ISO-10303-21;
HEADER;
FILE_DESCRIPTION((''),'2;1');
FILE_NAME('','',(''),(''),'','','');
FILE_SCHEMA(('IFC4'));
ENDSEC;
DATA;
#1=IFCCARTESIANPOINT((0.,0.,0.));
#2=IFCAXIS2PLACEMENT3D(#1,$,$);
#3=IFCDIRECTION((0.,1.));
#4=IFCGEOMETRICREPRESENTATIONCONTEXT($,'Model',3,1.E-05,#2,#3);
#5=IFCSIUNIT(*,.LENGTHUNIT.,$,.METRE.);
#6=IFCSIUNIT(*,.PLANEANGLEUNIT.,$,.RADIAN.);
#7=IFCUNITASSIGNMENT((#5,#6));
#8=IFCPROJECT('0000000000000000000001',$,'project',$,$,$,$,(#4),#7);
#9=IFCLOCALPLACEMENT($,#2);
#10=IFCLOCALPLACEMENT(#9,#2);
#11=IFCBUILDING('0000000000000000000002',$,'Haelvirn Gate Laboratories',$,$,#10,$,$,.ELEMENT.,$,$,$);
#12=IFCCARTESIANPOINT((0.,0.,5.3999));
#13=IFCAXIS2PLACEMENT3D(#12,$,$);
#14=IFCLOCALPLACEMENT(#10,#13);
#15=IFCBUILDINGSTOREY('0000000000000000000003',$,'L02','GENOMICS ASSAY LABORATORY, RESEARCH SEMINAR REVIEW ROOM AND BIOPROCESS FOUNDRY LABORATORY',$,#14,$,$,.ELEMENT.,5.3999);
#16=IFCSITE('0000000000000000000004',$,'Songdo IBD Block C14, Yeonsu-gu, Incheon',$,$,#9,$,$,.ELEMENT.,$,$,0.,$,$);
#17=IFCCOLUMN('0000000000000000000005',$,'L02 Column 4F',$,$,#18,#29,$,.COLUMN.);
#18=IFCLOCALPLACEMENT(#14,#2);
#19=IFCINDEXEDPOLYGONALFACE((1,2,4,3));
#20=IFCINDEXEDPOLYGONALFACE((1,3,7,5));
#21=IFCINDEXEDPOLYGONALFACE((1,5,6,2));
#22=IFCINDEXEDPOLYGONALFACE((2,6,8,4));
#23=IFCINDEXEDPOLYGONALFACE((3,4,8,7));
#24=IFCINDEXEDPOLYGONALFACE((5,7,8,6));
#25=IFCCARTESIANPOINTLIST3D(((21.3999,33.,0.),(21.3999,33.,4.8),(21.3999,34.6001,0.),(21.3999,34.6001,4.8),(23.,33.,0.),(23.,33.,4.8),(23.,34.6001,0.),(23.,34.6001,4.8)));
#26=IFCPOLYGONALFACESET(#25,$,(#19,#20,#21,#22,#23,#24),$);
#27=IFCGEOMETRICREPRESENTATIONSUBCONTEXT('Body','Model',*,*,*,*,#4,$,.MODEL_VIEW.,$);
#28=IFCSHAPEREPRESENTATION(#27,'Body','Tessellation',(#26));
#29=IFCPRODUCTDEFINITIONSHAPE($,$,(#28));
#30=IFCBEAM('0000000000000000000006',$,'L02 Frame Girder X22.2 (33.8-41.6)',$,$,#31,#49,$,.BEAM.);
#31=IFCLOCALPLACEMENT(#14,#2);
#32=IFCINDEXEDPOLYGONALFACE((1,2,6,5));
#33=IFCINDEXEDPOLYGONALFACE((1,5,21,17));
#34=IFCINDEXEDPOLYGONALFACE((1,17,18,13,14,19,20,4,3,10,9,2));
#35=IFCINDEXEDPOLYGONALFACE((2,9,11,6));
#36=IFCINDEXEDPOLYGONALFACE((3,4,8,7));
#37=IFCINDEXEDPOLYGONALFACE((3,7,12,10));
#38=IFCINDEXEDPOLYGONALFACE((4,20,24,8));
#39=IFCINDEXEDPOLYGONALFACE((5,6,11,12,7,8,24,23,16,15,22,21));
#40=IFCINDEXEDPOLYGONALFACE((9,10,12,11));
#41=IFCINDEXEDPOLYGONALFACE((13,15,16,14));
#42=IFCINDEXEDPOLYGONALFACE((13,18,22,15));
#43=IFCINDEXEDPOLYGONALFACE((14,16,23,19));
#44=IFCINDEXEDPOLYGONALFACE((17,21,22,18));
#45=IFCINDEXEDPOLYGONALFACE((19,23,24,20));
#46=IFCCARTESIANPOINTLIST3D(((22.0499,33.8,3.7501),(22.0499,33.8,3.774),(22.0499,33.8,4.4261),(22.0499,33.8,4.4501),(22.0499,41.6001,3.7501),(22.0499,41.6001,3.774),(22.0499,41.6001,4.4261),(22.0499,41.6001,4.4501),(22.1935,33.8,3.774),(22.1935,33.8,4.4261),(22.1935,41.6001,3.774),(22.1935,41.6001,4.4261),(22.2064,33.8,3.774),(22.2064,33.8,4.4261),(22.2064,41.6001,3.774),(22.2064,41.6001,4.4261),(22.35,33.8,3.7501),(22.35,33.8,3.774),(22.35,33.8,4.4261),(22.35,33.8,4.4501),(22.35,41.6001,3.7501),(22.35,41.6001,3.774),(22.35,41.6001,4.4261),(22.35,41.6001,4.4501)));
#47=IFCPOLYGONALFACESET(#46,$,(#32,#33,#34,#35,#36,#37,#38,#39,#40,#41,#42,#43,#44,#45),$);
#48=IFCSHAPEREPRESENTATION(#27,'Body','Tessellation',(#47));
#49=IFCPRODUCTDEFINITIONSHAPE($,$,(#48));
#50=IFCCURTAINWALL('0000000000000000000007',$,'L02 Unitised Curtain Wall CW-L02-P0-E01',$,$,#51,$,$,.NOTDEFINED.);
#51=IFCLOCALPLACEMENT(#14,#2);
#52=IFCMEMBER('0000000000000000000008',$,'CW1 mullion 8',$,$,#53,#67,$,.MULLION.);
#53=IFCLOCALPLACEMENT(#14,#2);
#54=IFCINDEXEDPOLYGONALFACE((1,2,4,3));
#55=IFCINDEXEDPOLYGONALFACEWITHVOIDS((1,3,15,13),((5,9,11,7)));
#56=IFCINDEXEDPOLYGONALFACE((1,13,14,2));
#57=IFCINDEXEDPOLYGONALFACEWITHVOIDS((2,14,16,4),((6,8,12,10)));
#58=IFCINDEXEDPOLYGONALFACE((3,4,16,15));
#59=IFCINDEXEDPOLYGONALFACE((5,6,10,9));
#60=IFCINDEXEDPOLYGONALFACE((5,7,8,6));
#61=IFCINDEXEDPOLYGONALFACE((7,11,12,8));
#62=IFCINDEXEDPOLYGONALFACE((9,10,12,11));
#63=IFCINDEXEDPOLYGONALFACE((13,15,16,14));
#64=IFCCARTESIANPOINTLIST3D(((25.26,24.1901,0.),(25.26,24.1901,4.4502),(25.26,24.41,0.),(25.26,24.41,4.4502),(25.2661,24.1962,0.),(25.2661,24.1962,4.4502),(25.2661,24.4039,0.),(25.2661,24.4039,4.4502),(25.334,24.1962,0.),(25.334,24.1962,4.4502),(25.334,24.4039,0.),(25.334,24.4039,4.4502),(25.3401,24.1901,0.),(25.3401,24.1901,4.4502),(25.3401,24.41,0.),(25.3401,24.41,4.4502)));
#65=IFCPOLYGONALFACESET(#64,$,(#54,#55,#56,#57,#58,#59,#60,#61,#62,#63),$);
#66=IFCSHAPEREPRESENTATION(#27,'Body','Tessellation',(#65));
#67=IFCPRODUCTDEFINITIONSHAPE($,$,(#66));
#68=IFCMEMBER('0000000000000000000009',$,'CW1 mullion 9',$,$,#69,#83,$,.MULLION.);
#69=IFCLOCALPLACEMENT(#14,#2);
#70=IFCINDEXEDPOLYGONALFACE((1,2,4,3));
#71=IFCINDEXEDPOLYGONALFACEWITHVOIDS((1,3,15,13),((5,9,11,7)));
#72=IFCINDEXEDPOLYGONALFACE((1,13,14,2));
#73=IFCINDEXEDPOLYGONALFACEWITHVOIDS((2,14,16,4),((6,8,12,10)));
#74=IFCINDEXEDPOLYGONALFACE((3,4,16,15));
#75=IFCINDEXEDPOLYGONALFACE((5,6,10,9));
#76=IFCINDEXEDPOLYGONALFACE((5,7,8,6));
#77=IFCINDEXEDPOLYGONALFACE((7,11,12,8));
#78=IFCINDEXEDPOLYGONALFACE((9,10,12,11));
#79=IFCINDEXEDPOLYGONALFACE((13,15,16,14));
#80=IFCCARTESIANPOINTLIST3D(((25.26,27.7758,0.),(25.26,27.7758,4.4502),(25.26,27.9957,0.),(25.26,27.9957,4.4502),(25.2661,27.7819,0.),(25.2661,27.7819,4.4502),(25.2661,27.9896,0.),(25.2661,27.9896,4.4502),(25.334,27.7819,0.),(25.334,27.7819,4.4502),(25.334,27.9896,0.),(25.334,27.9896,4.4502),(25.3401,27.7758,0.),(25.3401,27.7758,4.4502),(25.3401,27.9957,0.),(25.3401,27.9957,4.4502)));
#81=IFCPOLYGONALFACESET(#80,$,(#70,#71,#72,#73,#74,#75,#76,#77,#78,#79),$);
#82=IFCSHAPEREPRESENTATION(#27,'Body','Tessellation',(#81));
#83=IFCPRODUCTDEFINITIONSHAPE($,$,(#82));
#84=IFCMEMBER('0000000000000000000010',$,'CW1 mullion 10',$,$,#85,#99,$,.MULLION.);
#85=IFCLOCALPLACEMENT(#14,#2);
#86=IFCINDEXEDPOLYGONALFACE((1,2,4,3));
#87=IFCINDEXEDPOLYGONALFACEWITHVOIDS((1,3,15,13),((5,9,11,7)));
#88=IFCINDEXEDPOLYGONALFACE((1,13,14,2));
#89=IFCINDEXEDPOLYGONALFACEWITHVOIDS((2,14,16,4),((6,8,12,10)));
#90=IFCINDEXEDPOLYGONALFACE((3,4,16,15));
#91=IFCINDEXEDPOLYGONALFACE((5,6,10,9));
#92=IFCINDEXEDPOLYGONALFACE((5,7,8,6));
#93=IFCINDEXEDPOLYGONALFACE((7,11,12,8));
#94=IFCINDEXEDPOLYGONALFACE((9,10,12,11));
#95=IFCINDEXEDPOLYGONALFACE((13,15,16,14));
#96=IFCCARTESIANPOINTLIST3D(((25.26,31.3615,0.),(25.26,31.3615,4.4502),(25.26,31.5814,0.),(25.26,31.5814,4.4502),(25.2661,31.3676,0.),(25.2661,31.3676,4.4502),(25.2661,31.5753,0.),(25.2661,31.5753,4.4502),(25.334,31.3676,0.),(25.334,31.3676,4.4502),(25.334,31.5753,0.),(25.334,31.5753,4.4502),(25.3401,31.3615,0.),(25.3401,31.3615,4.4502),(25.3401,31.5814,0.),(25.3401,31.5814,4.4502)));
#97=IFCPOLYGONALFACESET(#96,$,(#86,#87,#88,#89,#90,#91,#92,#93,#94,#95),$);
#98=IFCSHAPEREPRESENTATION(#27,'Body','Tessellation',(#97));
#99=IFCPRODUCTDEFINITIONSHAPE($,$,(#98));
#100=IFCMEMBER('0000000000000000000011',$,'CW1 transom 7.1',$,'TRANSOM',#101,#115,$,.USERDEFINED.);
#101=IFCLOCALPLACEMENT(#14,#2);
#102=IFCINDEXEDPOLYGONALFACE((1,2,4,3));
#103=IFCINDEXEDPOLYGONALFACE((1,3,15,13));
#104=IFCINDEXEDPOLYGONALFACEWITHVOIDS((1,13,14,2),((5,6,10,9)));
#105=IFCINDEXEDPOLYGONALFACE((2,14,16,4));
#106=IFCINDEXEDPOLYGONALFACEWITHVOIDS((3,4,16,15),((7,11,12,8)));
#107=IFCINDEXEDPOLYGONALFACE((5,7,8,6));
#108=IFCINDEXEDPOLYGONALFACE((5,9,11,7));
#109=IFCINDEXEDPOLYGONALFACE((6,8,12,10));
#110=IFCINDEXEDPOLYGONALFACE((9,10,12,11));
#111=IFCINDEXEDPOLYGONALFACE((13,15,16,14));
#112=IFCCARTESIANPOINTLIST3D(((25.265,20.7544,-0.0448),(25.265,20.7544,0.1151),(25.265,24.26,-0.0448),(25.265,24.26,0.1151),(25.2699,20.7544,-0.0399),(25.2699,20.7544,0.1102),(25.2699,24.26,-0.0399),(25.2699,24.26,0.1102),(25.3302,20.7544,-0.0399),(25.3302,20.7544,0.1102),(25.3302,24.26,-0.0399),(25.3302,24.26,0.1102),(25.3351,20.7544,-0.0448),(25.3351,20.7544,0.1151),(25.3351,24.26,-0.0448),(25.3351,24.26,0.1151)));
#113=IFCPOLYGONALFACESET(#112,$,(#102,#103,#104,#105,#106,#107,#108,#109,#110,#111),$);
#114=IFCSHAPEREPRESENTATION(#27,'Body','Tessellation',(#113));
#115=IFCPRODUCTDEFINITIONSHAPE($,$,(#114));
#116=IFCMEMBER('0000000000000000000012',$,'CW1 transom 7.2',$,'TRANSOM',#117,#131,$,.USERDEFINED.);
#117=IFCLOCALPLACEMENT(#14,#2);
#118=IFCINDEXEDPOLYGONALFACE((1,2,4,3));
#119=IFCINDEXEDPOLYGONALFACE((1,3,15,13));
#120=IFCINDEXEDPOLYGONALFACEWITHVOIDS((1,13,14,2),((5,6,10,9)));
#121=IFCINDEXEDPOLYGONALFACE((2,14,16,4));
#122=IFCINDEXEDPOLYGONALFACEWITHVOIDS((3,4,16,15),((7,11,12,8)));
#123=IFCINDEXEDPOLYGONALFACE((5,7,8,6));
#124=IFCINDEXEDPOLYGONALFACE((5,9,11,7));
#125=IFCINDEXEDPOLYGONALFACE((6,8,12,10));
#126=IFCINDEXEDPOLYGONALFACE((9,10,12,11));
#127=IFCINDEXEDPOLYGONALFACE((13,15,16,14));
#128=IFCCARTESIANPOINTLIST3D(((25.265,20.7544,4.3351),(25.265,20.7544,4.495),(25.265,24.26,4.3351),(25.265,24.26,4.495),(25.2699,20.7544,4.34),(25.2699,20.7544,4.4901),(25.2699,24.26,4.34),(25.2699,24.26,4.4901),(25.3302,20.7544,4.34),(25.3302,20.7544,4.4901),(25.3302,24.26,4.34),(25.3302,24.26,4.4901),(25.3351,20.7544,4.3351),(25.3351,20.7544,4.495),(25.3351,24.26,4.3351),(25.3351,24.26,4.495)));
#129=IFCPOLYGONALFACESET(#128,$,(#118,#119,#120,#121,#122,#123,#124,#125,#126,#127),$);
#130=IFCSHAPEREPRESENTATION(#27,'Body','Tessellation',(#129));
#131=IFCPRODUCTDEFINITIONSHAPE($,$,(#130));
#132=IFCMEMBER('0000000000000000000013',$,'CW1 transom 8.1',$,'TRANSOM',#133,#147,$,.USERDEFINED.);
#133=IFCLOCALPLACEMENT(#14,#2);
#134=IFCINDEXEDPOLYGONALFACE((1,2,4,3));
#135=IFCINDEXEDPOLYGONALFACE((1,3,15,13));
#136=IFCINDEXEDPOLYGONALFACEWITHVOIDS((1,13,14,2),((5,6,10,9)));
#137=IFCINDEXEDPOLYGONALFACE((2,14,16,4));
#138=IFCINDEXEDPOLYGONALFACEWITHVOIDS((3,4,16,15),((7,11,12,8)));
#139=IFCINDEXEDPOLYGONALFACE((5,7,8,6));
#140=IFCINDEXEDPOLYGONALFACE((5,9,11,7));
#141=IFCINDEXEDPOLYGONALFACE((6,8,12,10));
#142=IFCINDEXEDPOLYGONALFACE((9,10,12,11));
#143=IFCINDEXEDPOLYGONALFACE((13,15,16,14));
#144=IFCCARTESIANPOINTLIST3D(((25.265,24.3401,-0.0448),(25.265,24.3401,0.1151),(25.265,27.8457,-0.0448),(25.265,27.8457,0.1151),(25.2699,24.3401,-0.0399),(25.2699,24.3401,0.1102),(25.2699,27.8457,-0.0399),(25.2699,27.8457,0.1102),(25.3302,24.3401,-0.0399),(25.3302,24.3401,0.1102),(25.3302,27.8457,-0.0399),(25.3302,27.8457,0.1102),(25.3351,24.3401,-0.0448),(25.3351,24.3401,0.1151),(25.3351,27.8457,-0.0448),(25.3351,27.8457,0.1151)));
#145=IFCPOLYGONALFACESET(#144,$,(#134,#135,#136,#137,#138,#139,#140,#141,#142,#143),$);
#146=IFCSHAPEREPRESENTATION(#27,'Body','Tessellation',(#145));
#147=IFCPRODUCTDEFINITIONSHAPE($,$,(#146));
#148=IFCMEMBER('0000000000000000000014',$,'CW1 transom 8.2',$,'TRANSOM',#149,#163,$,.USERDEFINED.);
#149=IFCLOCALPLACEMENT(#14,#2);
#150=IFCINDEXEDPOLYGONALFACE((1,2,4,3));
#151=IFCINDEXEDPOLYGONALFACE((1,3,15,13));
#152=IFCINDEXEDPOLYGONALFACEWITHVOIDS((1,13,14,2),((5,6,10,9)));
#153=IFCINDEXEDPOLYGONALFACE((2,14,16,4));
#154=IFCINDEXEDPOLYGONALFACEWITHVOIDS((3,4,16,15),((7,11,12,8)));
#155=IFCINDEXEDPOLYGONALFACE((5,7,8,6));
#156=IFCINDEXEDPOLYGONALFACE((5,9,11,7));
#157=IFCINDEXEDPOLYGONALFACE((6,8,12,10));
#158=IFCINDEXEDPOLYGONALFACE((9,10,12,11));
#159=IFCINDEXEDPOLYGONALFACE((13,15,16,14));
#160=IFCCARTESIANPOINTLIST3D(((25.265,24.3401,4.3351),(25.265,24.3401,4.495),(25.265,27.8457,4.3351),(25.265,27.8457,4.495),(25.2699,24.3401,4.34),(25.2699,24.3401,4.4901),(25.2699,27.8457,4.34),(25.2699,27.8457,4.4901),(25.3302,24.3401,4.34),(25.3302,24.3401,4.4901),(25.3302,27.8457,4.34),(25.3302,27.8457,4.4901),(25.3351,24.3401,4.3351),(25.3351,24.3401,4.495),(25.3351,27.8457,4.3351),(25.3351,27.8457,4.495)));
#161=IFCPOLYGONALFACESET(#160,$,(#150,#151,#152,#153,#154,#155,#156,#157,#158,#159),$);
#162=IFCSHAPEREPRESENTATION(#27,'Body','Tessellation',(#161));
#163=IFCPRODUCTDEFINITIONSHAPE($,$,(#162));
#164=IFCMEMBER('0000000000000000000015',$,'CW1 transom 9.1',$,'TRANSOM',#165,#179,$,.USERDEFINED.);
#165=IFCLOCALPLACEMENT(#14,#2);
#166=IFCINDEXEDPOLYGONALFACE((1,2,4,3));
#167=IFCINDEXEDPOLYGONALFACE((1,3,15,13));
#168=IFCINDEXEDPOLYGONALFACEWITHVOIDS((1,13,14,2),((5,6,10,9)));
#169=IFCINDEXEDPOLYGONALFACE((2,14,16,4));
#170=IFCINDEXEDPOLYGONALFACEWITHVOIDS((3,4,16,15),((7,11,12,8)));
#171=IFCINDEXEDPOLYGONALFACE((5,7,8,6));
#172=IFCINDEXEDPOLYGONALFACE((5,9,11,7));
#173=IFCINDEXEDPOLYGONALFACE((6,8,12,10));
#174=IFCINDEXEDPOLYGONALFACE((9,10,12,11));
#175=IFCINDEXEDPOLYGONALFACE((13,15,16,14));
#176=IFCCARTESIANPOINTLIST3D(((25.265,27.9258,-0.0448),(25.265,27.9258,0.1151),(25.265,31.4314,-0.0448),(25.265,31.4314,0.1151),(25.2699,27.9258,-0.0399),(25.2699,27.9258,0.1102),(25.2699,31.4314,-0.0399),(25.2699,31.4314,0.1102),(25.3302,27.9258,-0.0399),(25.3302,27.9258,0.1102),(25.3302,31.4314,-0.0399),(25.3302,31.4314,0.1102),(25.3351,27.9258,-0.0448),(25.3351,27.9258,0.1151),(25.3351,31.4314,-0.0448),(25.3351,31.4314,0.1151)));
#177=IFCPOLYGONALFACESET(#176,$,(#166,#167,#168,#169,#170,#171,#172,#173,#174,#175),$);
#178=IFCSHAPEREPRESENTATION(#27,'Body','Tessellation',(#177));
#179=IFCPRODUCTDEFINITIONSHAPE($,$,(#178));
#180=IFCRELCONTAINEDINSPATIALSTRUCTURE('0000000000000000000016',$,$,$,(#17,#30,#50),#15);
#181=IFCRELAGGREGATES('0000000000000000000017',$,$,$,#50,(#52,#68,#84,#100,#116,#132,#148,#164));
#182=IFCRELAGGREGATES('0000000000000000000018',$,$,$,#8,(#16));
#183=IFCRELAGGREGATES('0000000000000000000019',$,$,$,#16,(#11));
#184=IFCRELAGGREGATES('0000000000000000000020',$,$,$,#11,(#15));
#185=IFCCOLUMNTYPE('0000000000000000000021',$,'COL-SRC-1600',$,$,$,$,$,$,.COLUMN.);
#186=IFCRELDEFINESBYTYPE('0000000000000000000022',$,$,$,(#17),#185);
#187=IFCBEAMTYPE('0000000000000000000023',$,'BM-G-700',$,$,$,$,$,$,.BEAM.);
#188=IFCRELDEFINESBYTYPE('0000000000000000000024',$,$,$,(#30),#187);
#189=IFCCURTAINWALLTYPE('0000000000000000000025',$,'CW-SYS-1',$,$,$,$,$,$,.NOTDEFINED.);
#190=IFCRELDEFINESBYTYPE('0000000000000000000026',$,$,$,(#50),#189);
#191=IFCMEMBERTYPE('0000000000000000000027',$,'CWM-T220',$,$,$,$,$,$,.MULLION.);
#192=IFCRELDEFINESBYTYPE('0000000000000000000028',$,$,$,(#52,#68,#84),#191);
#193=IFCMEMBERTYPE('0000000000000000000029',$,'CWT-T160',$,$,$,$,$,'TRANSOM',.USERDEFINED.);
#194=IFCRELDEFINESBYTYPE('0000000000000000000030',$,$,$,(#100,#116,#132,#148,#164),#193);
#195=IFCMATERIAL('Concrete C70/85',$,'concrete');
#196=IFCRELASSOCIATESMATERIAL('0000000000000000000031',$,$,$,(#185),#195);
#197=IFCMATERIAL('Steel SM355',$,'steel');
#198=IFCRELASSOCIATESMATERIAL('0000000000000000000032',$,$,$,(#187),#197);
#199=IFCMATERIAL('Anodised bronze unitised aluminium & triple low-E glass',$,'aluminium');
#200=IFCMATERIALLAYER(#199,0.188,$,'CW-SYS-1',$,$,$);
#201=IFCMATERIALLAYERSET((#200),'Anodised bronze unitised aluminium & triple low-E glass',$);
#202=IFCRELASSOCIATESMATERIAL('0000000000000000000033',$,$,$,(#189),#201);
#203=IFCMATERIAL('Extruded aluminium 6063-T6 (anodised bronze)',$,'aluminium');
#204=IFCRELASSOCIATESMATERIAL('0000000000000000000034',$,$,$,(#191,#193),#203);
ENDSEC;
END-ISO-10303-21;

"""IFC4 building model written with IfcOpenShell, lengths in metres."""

from ifc_helpers import new_model, si_unit, direction, frame, origin, origin_2d, place, context, subcontext, project, spatial, rectangle, hollow_rectangle, i_section, extrude, source, transform, mapped, material, layer, layer_set, material_profile, profile_set, type_object, type_shapes, element, aggregate, save


model = new_model("IFC4")

# Units and contexts
model_context = context("Model", 3, precision=1e-05, world=origin(), true_north=direction((0.0, 1.0)))
body_context = subcontext(model_context, "Body", "Model", "MODEL_VIEW")
ifc_project = project(units=[si_unit("LENGTHUNIT", "METRE"), si_unit("PLANEANGLEUNIT", "RADIAN")], contexts=[model_context])

# Site, building, storey
site_placement = place(None, origin())
site = spatial("IfcSite", under=ifc_project, at=site_placement, Name="Songdo IBD Block C14, Yeonsu-gu, Incheon", CompositionType="ELEMENT", RefElevation=0.0)
building_placement = place(site_placement, origin())
building = spatial("IfcBuilding", under=site, at=building_placement, Name="Haelvirn Gate Laboratories", CompositionType="ELEMENT")
storey_placement = place(building_placement, frame((0.0, 0.0, 5.3999)))
storey = spatial("IfcBuildingStorey", under=building, at=storey_placement, Name="L02", Description="GENOMICS ASSAY LABORATORY, RESEARCH SEMINAR REVIEW ROOM AND BIOPROCESS FOUNDRY LABORATORY", CompositionType="ELEMENT", Elevation=5.3999)

# Column
ifc_material_1 = material(Name="Concrete C70/85", Category="concrete")
ifc_material_profile_1 = material_profile(ifc_material_1, rectangle(XDim=1.6001, YDim=1.6001, at=origin_2d()), Name="SRC-1600x1600")
ifc_profile_set_1 = profile_set([ifc_material_profile_1], Name="Concrete C70/85")
column_type = type_object("IfcColumnType", Name="COL-SRC-1600", PredefinedType="COLUMN", material=ifc_profile_set_1)
shared_shape_1 = source(origin(), body_context, "Body", "SweptSolid", [
    extrude(rectangle(XDim=1.6001, YDim=1.6001, at=origin_2d()), origin(), (0.0, 0.0, 1.0), 4.8),
])
type_shapes(column_type, [shared_shape_1])
column_placement = place(storey_placement, frame((22.2, 33.8, 0.0), z_axis=(0.0, 0.0, 1.0), x_axis=(1.0, 0.0, 0.0)))
element("IfcColumn", 1, at=column_placement, inside=storey, type_object=column_type, Name="L02 Column 4F", PredefinedType="COLUMN", context=body_context, shape_type="MappedRepresentation", body=[
    mapped(shared_shape_1, transform((0.0, 0.0, 0.0), scale=1.0)),
])

# Beam
ifc_material_2 = material(Name="Steel SM355", Category="steel")
ifc_material_profile_2 = material_profile(ifc_material_2, i_section(OverallWidth=0.3, OverallDepth=0.7, WebThickness=0.0129, FlangeThickness=0.0239, at=origin_2d()), Name="H-700x300x13x24")
ifc_profile_set_2 = profile_set([ifc_material_profile_2], Name="Steel SM355")
beam_type = type_object("IfcBeamType", Name="BM-G-700", PredefinedType="BEAM", material=ifc_profile_set_2)
shared_shape_2 = source(origin(), body_context, "Body", "SweptSolid", [
    extrude(i_section(OverallWidth=0.3, OverallDepth=0.7, WebThickness=0.0129, FlangeThickness=0.0239, at=origin_2d()), origin(), (0.0, 0.0, 1.0), 7.8),
])
type_shapes(beam_type, [shared_shape_2])
beam_placement = place(storey_placement, frame((22.2, 33.8, 4.1001), z_axis=(0.0, 1.0, 0.0), x_axis=(-1.0, 0.0, 0.0)))
element("IfcBeam", 2, at=beam_placement, inside=storey, type_object=beam_type, Name="L02 Frame Girder X22.2 (33.8-41.6)", PredefinedType="BEAM", context=body_context, shape_type="MappedRepresentation", body=[
    mapped(shared_shape_2, transform((0.0, 0.0, 0.0), scale=1.0)),
])

# Curtain wall, members
ifc_material_3 = material(Name="Anodised bronze unitised aluminium & triple low-E glass", Category="aluminium")
ifc_layer_1 = layer(ifc_material_3, 0.188, Name="CW-SYS-1")
ifc_layer_set_1 = layer_set([ifc_layer_1], Name="Anodised bronze unitised aluminium & triple low-E glass")
curtain_wall_type = type_object("IfcCurtainWallType", Name="CW-SYS-1", PredefinedType="NOTDEFINED", material=ifc_layer_set_1)
curtain_wall_placement = place(storey_placement, origin())
curtain_wall = element("IfcCurtainWall", 3, at=curtain_wall_placement, inside=storey, type_object=curtain_wall_type, Name="L02 Unitised Curtain Wall CW-L02-P0-E01", PredefinedType="NOTDEFINED")
ifc_material_4 = material(Name="Extruded aluminium 6063-T6 (anodised bronze)", Category="aluminium")
ifc_material_profile_3 = material_profile(ifc_material_4, hollow_rectangle(XDim=0.0801, YDim=0.22, WallThickness=0.0061, at=origin_2d()), Name="CWM-220x80x6")
ifc_profile_set_3 = profile_set([ifc_material_profile_3], Name="Extruded aluminium 6063-T6 (anodised bronze)")
member_type_1 = type_object("IfcMemberType", Name="CWM-T220", PredefinedType="MULLION", material=ifc_profile_set_3)
shared_shape_3 = source(origin(), body_context, "Body", "SweptSolid", [
    extrude(hollow_rectangle(XDim=0.0801, YDim=0.22, WallThickness=0.0061, at=origin_2d()), origin(), (0.0, 0.0, 1.0), 4.4502),
])
type_shapes(member_type_1, [shared_shape_3])
member_1_placement = place(storey_placement, frame((25.3, 24.3, 0.0), z_axis=(0.0, 0.0, 1.0), x_axis=(-1.0, 0.0, 0.0)))
member_1 = element("IfcMember", 4, at=member_1_placement, type_object=member_type_1, Name="CW1 mullion 8", PredefinedType="MULLION", context=body_context, shape_type="MappedRepresentation", body=[
    mapped(shared_shape_3, transform((0.0, 0.0, 0.0), scale=1.0)),
])
member_2_placement = place(storey_placement, frame((25.3, 27.8857, 0.0), z_axis=(0.0, 0.0, 1.0), x_axis=(-1.0, 0.0, 0.0)))
member_2 = element("IfcMember", 5, at=member_2_placement, type_object=member_type_1, Name="CW1 mullion 9", PredefinedType="MULLION", context=body_context, shape_type="MappedRepresentation", body=[
    mapped(shared_shape_3, transform((0.0, 0.0, 0.0), scale=1.0)),
])
member_3_placement = place(storey_placement, frame((25.3, 31.4714, 0.0), z_axis=(0.0, 0.0, 1.0), x_axis=(-1.0, 0.0, 0.0)))
member_3 = element("IfcMember", 6, at=member_3_placement, type_object=member_type_1, Name="CW1 mullion 10", PredefinedType="MULLION", context=body_context, shape_type="MappedRepresentation", body=[
    mapped(shared_shape_3, transform((0.0, 0.0, 0.0), scale=1.0)),
])
ifc_material_profile_4 = material_profile(ifc_material_4, hollow_rectangle(XDim=0.0701, YDim=0.1599, WallThickness=0.0049, at=origin_2d()), Name="CWT-160x70x5")
ifc_profile_set_4 = profile_set([ifc_material_profile_4], Name="Extruded aluminium 6063-T6 (anodised bronze)")
member_type_2 = type_object("IfcMemberType", Name="CWT-T160", ElementType="TRANSOM", PredefinedType="USERDEFINED", material=ifc_profile_set_4)
shared_shape_4 = source(origin(), body_context, "Body", "SweptSolid", [
    extrude(hollow_rectangle(XDim=0.0701, YDim=0.1599, WallThickness=0.0049, at=origin_2d()), origin(), (0.0, 0.0, 1.0), 3.5056),
])
type_shapes(member_type_2, [shared_shape_4])
member_4_placement = place(storey_placement, frame((25.3, 20.7544, 0.0352), z_axis=(0.0, 1.0, 0.0), x_axis=(-1.0, 0.0, 0.0)))
member_4 = element("IfcMember", 7, at=member_4_placement, type_object=member_type_2, Name="CW1 transom 7.1", ObjectType="TRANSOM", PredefinedType="USERDEFINED", context=body_context, shape_type="MappedRepresentation", body=[
    mapped(shared_shape_4, transform((0.0, 0.0, 0.0), scale=1.0)),
])
member_5_placement = place(storey_placement, frame((25.3, 20.7544, 4.415), z_axis=(0.0, 1.0, 0.0), x_axis=(-1.0, 0.0, 0.0)))
member_5 = element("IfcMember", 8, at=member_5_placement, type_object=member_type_2, Name="CW1 transom 7.2", ObjectType="TRANSOM", PredefinedType="USERDEFINED", context=body_context, shape_type="MappedRepresentation", body=[
    mapped(shared_shape_4, transform((0.0, 0.0, 0.0), scale=1.0)),
])
member_6_placement = place(storey_placement, frame((25.3, 24.3401, 0.0352), z_axis=(0.0, 1.0, 0.0), x_axis=(-1.0, 0.0, 0.0)))
member_6 = element("IfcMember", 9, at=member_6_placement, type_object=member_type_2, Name="CW1 transom 8.1", ObjectType="TRANSOM", PredefinedType="USERDEFINED", context=body_context, shape_type="MappedRepresentation", body=[
    mapped(shared_shape_4, transform((0.0, 0.0, 0.0), scale=1.0)),
])
member_7_placement = place(storey_placement, frame((25.3, 24.3401, 4.415), z_axis=(0.0, 1.0, 0.0), x_axis=(-1.0, 0.0, 0.0)))
member_7 = element("IfcMember", 10, at=member_7_placement, type_object=member_type_2, Name="CW1 transom 8.2", ObjectType="TRANSOM", PredefinedType="USERDEFINED", context=body_context, shape_type="MappedRepresentation", body=[
    mapped(shared_shape_4, transform((0.0, 0.0, 0.0), scale=1.0)),
])
member_8_placement = place(storey_placement, frame((25.3, 27.9258, 0.0352), z_axis=(0.0, 1.0, 0.0), x_axis=(-1.0, 0.0, 0.0)))
member_8 = element("IfcMember", 11, at=member_8_placement, type_object=member_type_2, Name="CW1 transom 9.1", ObjectType="TRANSOM", PredefinedType="USERDEFINED", context=body_context, shape_type="MappedRepresentation", body=[
    mapped(shared_shape_4, transform((0.0, 0.0, 0.0), scale=1.0)),
])
aggregate(curtain_wall, [member_1, member_2, member_3, member_4, member_5, member_6, member_7, member_8])

save(model, "model.ifc")
